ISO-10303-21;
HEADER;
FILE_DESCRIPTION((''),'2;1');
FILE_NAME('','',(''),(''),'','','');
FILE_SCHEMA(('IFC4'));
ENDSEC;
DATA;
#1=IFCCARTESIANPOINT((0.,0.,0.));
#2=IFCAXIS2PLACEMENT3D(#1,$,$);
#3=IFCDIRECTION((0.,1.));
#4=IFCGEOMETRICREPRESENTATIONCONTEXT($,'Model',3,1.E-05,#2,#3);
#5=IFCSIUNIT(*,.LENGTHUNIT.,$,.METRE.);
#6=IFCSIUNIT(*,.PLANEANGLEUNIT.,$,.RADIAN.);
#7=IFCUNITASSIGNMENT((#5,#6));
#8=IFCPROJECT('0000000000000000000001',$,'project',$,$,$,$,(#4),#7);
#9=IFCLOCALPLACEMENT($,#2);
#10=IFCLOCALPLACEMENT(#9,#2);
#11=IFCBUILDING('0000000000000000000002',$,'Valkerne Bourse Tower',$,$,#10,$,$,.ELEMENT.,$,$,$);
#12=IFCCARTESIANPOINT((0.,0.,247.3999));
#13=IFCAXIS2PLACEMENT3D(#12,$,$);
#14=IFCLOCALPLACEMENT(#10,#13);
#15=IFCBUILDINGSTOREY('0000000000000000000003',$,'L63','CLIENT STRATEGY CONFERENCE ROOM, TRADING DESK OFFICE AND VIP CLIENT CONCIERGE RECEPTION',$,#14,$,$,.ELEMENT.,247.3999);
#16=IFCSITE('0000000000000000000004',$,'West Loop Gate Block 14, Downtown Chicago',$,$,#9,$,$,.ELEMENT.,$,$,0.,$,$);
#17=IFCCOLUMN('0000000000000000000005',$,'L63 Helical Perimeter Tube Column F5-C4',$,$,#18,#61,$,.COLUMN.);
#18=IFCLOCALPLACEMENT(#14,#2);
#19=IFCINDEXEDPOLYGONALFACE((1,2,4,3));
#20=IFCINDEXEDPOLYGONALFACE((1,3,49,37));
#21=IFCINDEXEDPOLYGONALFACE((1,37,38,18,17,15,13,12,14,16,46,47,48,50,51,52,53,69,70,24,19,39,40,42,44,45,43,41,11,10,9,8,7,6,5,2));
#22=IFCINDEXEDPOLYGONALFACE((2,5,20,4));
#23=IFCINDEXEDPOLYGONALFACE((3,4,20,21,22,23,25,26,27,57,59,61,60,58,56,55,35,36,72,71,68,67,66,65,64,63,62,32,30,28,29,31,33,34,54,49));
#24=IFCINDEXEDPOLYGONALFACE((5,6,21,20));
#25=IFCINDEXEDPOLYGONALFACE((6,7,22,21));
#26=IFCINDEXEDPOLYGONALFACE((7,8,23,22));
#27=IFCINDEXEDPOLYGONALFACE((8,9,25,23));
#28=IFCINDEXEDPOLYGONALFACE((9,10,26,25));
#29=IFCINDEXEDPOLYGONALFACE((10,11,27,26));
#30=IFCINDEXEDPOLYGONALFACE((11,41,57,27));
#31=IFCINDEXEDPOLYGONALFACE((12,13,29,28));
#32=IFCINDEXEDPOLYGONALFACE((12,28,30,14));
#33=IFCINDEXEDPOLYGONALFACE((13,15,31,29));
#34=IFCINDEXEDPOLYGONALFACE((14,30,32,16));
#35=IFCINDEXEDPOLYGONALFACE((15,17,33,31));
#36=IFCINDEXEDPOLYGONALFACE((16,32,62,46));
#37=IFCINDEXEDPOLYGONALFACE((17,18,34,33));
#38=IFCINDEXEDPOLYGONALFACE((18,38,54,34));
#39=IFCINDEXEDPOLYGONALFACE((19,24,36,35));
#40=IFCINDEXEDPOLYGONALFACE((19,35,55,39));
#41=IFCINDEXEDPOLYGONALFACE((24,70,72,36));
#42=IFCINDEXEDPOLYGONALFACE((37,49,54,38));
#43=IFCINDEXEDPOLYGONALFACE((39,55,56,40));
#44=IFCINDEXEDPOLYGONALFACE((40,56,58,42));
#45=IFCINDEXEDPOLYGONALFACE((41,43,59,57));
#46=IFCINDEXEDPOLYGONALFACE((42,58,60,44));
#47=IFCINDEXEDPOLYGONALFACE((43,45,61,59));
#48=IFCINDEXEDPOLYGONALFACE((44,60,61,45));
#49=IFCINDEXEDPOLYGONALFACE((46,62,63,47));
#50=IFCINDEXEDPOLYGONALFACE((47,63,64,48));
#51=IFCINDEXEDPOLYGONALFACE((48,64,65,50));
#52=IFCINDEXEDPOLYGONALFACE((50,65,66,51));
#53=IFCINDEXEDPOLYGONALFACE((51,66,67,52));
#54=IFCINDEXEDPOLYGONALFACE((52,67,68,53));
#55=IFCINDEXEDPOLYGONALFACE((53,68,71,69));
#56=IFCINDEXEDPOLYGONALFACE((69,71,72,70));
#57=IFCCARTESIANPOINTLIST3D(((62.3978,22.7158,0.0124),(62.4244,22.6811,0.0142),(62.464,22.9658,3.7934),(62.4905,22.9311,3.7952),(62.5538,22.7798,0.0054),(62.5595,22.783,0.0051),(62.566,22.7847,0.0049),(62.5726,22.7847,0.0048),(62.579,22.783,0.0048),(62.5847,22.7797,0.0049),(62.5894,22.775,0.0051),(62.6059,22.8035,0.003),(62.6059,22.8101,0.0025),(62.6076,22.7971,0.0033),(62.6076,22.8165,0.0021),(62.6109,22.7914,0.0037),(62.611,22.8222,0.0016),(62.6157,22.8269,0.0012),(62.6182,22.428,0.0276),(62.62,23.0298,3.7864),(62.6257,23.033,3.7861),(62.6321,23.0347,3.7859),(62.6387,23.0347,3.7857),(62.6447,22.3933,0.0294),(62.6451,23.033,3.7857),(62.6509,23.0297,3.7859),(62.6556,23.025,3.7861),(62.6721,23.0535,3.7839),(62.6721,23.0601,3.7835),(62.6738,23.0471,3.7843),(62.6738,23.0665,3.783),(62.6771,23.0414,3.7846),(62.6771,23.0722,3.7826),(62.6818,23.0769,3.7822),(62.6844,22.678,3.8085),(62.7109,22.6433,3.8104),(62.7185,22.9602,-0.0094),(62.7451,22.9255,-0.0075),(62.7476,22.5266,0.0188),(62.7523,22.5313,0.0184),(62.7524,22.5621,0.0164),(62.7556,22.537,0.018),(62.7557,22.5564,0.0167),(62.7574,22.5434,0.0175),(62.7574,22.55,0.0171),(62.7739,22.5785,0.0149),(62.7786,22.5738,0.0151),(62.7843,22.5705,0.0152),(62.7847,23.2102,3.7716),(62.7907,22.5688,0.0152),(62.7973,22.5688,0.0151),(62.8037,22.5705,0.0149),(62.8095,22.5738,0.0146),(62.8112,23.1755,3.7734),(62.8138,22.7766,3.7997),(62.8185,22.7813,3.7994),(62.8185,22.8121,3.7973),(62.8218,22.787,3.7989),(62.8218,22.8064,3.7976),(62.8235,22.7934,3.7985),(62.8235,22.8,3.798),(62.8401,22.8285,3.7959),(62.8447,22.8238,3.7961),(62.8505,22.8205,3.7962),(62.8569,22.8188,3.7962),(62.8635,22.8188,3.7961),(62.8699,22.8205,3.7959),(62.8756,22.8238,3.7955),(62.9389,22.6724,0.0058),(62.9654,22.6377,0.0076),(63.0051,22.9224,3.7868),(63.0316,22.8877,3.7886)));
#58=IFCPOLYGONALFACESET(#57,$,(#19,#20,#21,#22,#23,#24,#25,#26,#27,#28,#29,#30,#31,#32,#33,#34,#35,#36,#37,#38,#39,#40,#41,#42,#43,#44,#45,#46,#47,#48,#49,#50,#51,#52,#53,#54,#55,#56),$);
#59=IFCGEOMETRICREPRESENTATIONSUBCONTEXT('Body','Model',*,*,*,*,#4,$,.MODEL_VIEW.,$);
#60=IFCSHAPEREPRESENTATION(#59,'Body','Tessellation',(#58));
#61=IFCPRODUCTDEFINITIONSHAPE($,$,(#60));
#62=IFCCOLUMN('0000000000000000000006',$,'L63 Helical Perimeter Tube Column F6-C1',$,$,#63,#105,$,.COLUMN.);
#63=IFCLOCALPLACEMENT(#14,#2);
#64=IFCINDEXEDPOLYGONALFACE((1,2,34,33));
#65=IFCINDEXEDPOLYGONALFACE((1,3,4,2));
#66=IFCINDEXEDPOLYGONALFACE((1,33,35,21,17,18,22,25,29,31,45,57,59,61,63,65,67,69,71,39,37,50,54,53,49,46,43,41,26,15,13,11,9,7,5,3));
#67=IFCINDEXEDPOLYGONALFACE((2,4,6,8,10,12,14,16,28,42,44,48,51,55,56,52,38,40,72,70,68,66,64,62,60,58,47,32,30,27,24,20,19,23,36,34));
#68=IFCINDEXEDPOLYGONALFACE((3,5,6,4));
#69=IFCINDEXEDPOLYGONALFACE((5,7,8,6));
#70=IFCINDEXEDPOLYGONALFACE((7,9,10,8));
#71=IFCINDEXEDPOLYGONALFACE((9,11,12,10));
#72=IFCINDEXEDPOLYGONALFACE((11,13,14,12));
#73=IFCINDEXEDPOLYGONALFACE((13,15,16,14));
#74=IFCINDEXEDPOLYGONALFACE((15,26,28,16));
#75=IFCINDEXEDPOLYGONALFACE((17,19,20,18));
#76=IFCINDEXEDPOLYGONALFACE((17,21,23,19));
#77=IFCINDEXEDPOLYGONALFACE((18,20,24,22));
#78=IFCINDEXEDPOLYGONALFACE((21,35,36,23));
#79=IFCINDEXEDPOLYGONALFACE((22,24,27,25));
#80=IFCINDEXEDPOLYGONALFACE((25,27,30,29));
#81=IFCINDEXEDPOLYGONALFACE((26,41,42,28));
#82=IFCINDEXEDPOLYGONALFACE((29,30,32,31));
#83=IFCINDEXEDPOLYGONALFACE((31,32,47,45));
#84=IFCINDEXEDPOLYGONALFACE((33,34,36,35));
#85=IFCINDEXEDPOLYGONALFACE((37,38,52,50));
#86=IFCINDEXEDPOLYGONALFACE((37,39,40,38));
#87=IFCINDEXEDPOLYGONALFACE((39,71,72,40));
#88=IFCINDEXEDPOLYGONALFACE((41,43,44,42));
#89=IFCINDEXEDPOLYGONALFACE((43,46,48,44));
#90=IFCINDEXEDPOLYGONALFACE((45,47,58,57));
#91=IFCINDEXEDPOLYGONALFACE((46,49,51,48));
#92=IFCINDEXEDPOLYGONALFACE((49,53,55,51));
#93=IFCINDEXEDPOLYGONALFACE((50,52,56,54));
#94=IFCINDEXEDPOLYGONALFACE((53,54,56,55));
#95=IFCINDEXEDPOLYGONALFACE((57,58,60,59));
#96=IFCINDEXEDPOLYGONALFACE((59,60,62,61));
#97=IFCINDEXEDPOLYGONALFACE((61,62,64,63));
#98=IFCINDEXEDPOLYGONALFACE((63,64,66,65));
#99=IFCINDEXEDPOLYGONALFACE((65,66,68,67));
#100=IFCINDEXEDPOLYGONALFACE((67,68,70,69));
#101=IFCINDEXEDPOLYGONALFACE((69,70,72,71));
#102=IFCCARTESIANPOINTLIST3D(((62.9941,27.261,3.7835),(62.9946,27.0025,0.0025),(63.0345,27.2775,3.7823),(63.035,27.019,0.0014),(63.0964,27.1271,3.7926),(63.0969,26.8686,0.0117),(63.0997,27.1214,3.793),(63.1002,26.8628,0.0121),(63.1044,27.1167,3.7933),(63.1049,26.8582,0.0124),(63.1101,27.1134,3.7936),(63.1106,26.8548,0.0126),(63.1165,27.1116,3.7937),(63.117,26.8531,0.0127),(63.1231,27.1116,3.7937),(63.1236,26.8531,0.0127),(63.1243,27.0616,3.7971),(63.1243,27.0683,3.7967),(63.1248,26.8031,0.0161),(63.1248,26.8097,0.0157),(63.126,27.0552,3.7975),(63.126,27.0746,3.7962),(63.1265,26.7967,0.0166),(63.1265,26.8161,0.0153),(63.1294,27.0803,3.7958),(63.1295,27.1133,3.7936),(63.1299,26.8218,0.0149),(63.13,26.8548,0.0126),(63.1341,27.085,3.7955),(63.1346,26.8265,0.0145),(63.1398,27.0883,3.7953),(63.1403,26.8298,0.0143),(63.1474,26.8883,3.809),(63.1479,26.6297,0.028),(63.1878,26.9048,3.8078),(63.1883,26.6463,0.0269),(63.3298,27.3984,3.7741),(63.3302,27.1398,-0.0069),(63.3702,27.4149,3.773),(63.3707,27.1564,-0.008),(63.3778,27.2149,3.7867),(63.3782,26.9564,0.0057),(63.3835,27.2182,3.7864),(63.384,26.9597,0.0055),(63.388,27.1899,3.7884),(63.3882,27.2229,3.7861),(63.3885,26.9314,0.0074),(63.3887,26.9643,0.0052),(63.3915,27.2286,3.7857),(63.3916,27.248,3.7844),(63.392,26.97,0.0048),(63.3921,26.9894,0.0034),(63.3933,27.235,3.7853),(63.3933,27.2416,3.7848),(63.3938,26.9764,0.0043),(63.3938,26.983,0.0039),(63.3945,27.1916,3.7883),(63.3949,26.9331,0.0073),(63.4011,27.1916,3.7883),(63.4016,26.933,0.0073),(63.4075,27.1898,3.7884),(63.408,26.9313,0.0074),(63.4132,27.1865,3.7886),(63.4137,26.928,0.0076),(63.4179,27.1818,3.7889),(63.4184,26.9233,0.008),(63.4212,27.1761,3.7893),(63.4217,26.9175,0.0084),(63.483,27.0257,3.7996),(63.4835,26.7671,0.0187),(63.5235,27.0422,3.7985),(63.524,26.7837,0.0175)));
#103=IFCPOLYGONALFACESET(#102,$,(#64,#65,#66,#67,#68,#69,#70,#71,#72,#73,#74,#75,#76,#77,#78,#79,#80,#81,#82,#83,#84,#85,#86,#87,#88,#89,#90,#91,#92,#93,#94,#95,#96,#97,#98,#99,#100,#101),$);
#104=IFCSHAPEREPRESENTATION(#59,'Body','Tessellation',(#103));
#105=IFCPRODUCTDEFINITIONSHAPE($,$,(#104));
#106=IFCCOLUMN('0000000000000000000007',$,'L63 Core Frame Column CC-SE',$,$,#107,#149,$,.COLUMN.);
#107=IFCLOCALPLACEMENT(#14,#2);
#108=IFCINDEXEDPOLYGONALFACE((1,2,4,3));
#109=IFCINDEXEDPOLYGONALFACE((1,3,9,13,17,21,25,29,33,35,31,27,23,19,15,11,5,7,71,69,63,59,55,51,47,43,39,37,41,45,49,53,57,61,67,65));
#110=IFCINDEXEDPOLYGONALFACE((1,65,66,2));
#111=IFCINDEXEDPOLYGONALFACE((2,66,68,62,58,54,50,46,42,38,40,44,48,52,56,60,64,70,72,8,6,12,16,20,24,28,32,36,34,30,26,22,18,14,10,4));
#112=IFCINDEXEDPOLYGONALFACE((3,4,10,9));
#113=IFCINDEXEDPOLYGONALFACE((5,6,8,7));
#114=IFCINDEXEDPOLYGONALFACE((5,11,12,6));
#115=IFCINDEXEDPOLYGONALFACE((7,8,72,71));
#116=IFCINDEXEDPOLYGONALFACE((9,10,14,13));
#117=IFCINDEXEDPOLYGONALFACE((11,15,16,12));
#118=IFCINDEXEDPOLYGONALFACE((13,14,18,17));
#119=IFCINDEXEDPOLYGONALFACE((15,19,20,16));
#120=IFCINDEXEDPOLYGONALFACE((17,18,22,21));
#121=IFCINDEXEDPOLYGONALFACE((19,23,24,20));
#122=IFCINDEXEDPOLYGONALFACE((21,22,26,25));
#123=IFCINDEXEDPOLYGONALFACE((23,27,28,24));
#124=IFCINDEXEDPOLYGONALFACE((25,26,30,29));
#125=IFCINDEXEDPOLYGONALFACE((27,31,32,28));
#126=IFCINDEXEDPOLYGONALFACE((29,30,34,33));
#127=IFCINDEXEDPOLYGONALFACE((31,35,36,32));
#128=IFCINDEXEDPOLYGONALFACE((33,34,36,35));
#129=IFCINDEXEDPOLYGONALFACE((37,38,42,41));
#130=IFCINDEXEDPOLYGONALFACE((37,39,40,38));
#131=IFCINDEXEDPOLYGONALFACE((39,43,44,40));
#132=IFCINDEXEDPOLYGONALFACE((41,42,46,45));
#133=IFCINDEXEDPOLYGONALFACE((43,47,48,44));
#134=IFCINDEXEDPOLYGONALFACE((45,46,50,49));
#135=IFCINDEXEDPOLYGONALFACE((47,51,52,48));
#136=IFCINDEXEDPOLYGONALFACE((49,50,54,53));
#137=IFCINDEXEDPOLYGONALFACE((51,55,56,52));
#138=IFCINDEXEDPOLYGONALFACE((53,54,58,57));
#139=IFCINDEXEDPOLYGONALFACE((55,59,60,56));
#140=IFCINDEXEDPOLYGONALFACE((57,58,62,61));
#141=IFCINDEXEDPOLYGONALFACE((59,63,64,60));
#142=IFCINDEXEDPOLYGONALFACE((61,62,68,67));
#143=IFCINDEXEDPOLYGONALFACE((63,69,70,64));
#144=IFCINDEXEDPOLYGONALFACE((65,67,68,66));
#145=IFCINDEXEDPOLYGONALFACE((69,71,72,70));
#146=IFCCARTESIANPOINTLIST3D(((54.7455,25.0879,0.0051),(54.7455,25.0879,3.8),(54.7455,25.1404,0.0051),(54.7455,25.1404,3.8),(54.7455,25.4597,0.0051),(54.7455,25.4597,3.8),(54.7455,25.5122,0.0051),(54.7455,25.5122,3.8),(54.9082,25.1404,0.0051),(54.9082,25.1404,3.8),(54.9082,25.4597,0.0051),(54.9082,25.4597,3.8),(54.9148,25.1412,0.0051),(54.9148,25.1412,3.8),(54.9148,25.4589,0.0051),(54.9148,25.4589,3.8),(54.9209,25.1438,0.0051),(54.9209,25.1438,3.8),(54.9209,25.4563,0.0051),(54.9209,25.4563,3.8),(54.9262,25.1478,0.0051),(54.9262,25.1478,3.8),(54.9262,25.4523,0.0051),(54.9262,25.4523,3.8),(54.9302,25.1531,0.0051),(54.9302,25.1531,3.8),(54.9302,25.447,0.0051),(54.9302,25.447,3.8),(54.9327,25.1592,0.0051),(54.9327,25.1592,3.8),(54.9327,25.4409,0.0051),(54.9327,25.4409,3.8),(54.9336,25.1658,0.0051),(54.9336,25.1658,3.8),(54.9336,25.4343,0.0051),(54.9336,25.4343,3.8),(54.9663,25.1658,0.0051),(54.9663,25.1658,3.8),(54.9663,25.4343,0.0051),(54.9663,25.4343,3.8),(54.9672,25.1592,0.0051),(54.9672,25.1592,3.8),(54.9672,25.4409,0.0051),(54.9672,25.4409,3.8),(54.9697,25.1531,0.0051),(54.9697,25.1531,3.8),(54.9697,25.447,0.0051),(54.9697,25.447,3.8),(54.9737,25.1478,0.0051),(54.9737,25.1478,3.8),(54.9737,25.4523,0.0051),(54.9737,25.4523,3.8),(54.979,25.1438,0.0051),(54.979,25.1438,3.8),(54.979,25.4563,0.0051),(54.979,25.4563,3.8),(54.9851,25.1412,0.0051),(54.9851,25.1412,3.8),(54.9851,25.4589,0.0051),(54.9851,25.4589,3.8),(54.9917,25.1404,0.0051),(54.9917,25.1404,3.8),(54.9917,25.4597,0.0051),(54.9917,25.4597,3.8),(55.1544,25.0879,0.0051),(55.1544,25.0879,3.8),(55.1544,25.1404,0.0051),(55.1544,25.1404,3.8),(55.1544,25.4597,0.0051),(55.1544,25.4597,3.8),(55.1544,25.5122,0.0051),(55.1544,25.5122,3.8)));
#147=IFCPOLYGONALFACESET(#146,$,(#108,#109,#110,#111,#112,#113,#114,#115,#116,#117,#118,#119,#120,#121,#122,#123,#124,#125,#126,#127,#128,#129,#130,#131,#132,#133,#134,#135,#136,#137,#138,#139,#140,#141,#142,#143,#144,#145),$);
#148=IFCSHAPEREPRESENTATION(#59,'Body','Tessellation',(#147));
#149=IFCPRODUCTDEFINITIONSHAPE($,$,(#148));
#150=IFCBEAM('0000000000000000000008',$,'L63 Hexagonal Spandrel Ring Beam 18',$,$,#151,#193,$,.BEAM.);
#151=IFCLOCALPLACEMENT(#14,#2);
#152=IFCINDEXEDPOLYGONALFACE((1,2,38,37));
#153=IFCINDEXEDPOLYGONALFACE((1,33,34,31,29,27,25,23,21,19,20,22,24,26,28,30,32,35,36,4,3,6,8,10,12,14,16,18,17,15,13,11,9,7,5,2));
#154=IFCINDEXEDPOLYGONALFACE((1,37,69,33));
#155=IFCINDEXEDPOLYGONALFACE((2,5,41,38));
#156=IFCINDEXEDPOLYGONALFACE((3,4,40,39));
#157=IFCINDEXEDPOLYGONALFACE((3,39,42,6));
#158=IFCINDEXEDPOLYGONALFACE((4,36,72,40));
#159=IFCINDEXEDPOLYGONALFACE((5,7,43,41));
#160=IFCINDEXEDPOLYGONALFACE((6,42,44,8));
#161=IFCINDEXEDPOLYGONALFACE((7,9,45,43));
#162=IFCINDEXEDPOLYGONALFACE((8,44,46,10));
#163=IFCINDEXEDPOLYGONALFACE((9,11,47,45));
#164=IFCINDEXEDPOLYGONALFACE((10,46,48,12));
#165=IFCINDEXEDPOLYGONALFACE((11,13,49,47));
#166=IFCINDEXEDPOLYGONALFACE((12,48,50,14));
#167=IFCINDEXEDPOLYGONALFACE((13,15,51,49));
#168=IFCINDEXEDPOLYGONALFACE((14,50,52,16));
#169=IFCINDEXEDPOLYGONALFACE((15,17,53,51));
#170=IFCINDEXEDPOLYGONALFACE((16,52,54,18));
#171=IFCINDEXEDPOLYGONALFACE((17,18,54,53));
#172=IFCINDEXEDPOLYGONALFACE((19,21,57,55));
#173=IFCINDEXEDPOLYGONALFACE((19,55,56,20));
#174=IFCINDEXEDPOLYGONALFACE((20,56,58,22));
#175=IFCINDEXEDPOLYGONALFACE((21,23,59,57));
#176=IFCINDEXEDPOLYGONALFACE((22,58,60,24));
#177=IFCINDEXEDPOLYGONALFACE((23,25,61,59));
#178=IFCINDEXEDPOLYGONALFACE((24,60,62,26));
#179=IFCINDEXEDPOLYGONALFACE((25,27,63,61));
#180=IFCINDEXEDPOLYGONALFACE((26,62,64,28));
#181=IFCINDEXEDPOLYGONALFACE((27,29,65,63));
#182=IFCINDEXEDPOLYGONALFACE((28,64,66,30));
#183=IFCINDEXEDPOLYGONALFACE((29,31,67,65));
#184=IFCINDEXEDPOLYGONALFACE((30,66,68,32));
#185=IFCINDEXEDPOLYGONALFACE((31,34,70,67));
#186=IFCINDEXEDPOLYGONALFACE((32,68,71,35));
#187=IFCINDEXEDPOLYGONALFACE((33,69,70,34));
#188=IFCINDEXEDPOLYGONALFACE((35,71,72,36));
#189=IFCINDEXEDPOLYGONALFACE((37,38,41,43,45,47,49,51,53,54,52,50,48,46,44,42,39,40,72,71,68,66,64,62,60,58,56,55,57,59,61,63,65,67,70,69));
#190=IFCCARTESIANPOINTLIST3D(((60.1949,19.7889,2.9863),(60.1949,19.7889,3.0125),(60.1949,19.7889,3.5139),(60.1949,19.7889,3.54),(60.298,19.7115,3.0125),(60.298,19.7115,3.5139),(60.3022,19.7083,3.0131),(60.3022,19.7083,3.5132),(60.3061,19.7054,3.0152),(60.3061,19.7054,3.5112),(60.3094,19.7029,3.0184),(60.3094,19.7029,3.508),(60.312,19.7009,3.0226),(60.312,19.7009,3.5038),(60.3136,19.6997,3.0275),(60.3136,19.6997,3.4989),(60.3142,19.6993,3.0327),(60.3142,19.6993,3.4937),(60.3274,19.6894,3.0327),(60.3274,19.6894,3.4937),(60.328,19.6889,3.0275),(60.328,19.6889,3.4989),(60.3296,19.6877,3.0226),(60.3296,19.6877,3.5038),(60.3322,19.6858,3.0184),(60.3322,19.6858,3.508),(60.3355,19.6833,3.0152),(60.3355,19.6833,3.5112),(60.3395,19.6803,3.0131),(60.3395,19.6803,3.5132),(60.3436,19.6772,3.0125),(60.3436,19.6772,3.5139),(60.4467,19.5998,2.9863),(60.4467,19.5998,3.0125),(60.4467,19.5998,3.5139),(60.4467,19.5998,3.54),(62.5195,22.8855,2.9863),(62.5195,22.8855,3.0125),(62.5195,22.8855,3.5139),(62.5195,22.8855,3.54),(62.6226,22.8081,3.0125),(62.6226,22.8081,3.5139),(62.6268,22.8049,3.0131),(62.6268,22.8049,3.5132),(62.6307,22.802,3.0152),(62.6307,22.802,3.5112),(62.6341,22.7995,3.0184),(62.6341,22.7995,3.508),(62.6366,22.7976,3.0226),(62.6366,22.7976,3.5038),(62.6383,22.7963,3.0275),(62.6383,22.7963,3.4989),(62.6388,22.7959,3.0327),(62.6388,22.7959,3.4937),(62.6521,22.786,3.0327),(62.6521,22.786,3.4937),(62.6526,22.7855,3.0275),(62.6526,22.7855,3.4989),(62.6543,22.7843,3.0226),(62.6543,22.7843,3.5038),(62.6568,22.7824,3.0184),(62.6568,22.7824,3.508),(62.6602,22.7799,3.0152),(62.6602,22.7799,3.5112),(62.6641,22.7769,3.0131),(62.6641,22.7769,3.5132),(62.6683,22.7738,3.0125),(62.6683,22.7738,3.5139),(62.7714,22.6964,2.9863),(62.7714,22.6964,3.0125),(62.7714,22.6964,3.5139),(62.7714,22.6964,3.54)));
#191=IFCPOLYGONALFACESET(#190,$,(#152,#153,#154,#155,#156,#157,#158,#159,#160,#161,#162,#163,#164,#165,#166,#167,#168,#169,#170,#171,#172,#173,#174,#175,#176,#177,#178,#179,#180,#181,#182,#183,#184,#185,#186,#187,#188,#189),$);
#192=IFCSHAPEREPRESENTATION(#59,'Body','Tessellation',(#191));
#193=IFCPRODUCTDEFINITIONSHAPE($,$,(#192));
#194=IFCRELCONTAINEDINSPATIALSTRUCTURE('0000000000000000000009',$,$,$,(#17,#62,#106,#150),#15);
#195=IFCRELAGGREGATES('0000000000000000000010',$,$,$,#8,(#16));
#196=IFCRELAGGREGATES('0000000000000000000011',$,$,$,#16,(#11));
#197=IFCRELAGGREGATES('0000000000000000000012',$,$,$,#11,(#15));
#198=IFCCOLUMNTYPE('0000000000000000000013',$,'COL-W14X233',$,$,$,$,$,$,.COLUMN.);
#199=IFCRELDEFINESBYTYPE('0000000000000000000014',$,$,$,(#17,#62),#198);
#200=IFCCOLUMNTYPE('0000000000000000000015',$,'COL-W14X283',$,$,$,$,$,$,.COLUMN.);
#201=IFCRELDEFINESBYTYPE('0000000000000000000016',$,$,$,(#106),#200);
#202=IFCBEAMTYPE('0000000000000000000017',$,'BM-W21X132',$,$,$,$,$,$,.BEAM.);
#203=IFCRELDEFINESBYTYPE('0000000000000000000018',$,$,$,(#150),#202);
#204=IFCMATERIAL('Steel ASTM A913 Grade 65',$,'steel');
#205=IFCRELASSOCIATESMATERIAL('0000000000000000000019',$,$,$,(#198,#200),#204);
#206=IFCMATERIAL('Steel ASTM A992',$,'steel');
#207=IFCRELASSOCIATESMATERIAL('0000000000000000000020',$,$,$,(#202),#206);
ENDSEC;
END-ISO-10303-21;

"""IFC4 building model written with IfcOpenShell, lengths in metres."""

from ifc_helpers import new_model, si_unit, direction, frame, origin, origin_2d, place, context, subcontext, project, spatial, i_section, extrude, material, material_profile, profile_set, type_object, element, save


model = new_model("IFC4")

# Units and contexts
model_context = context("Model", 3, precision=1e-05, world=origin(), true_north=direction((0.0, 1.0)))
body_context = subcontext(model_context, "Body", "Model", "MODEL_VIEW")
ifc_project = project(units=[si_unit("LENGTHUNIT", "METRE"), si_unit("PLANEANGLEUNIT", "RADIAN")], contexts=[model_context])

# Site, building, storey
site_placement = place(None, origin())
site = spatial("IfcSite", under=ifc_project, at=site_placement, Name="West Loop Gate Block 14, Downtown Chicago", CompositionType="ELEMENT", RefElevation=0.0)
building_placement = place(site_placement, origin())
building = spatial("IfcBuilding", under=site, at=building_placement, Name="Valkerne Bourse Tower", CompositionType="ELEMENT")
storey_placement = place(building_placement, frame((0.0, 0.0, 247.3999)))
storey = spatial("IfcBuildingStorey", under=building, at=storey_placement, Name="L63", Description="CLIENT STRATEGY CONFERENCE ROOM, TRADING DESK OFFICE AND VIP CLIENT CONCIERGE RECEPTION", CompositionType="ELEMENT", Elevation=247.3999)

# Columns
ifc_material_1 = material(Name="Steel ASTM A913 Grade 65", Category="steel")
ifc_material_profile_1 = material_profile(ifc_material_1, i_section(OverallWidth=0.4038, OverallDepth=0.4065, WebThickness=0.0271, FlangeThickness=0.0437, FilletRadius=0.0254, at=origin_2d()), Name="W14X233")
ifc_profile_set_1 = profile_set([ifc_material_profile_1], Name="Steel ASTM A913 Grade 65")
column_type_1 = type_object("IfcColumnType", Name="COL-W14X233", PredefinedType="COLUMN", material=ifc_profile_set_1)
for number, where, z_axis, x_axis, name in (
    (1, (62.6816, 22.6768, 0.01), (0.017458, 0.065966, 0.997669), (-0.794191, -0.605271, 0.053918), "L63 Helical Perimeter Tube Column F5-C4"),
    (2, (63.2593, 26.8931, 0.01), (-0.000129, 0.068221, 0.99767), (0.379585, -0.922998, 0.063164), "L63 Helical Perimeter Tube Column F6-C1"),
):
    element("IfcColumn", number, at=place(storey_placement, frame(where, z_axis=z_axis, x_axis=x_axis)), inside=storey, type_object=column_type_1, Name=name, PredefinedType="COLUMN", context=body_context, shape_type="SweptSolid", body=[
        extrude(i_section(OverallWidth=0.4038, OverallDepth=0.4065, WebThickness=0.0271, FlangeThickness=0.0437, FilletRadius=0.0254, at=origin_2d()), origin(), (0.0, 0.0, 1.0), 3.7898),
    ])
ifc_material_profile_2 = material_profile(ifc_material_1, i_section(OverallWidth=0.4089, OverallDepth=0.4243, WebThickness=0.0327, FlangeThickness=0.0525, FilletRadius=0.0254, at=origin_2d()), Name="W14X283")
ifc_profile_set_2 = profile_set([ifc_material_profile_2], Name="Steel ASTM A913 Grade 65")
column_type_2 = type_object("IfcColumnType", Name="COL-W14X283", PredefinedType="COLUMN", material=ifc_profile_set_2)
column_placement = place(storey_placement, frame((54.95, 25.3, 0.0051), z_axis=(0.0, 0.0, 1.0), x_axis=(1.0, 0.0, 0.0)))
element("IfcColumn", 3, at=column_placement, inside=storey, type_object=column_type_2, Name="L63 Core Frame Column CC-SE", PredefinedType="COLUMN", context=body_context, shape_type="SweptSolid", body=[
    extrude(i_section(OverallWidth=0.4089, OverallDepth=0.4243, WebThickness=0.0327, FlangeThickness=0.0525, FilletRadius=0.0254, at=origin_2d()), origin(), (0.0, 0.0, 1.0), 3.7949),
])

# Beam
ifc_material_2 = material(Name="Steel ASTM A992", Category="steel")
ifc_material_profile_3 = material_profile(ifc_material_2, i_section(OverallWidth=0.3149, OverallDepth=0.5537, WebThickness=0.0166, FlangeThickness=0.0261, FilletRadius=0.0203, at=origin_2d()), Name="W21X132")
ifc_profile_set_3 = profile_set([ifc_material_profile_3], Name="Steel ASTM A992")
beam_type_1 = type_object("IfcBeamType", Name="BM-W21X132", PredefinedType="BEAM", material=ifc_profile_set_3)
beam_1_placement = place(storey_placement, frame((60.3208, 19.6943, 3.2632), z_axis=(0.600363, 0.799728, 0.0), x_axis=(-0.799728, 0.600363, 0.0)))
element("IfcBeam", 4, at=beam_1_placement, inside=storey, type_object=beam_type_1, Name="L63 Hexagonal Spandrel Ring Beam 18", PredefinedType="BEAM", context=body_context, shape_type="SweptSolid", body=[
    extrude(i_section(OverallWidth=0.3149, OverallDepth=0.5537, WebThickness=0.0166, FlangeThickness=0.0261, FilletRadius=0.0203, at=origin_2d()), origin(), (0.0, 0.0, 1.0), 3.8721),
])

save(model, "model.ifc")
